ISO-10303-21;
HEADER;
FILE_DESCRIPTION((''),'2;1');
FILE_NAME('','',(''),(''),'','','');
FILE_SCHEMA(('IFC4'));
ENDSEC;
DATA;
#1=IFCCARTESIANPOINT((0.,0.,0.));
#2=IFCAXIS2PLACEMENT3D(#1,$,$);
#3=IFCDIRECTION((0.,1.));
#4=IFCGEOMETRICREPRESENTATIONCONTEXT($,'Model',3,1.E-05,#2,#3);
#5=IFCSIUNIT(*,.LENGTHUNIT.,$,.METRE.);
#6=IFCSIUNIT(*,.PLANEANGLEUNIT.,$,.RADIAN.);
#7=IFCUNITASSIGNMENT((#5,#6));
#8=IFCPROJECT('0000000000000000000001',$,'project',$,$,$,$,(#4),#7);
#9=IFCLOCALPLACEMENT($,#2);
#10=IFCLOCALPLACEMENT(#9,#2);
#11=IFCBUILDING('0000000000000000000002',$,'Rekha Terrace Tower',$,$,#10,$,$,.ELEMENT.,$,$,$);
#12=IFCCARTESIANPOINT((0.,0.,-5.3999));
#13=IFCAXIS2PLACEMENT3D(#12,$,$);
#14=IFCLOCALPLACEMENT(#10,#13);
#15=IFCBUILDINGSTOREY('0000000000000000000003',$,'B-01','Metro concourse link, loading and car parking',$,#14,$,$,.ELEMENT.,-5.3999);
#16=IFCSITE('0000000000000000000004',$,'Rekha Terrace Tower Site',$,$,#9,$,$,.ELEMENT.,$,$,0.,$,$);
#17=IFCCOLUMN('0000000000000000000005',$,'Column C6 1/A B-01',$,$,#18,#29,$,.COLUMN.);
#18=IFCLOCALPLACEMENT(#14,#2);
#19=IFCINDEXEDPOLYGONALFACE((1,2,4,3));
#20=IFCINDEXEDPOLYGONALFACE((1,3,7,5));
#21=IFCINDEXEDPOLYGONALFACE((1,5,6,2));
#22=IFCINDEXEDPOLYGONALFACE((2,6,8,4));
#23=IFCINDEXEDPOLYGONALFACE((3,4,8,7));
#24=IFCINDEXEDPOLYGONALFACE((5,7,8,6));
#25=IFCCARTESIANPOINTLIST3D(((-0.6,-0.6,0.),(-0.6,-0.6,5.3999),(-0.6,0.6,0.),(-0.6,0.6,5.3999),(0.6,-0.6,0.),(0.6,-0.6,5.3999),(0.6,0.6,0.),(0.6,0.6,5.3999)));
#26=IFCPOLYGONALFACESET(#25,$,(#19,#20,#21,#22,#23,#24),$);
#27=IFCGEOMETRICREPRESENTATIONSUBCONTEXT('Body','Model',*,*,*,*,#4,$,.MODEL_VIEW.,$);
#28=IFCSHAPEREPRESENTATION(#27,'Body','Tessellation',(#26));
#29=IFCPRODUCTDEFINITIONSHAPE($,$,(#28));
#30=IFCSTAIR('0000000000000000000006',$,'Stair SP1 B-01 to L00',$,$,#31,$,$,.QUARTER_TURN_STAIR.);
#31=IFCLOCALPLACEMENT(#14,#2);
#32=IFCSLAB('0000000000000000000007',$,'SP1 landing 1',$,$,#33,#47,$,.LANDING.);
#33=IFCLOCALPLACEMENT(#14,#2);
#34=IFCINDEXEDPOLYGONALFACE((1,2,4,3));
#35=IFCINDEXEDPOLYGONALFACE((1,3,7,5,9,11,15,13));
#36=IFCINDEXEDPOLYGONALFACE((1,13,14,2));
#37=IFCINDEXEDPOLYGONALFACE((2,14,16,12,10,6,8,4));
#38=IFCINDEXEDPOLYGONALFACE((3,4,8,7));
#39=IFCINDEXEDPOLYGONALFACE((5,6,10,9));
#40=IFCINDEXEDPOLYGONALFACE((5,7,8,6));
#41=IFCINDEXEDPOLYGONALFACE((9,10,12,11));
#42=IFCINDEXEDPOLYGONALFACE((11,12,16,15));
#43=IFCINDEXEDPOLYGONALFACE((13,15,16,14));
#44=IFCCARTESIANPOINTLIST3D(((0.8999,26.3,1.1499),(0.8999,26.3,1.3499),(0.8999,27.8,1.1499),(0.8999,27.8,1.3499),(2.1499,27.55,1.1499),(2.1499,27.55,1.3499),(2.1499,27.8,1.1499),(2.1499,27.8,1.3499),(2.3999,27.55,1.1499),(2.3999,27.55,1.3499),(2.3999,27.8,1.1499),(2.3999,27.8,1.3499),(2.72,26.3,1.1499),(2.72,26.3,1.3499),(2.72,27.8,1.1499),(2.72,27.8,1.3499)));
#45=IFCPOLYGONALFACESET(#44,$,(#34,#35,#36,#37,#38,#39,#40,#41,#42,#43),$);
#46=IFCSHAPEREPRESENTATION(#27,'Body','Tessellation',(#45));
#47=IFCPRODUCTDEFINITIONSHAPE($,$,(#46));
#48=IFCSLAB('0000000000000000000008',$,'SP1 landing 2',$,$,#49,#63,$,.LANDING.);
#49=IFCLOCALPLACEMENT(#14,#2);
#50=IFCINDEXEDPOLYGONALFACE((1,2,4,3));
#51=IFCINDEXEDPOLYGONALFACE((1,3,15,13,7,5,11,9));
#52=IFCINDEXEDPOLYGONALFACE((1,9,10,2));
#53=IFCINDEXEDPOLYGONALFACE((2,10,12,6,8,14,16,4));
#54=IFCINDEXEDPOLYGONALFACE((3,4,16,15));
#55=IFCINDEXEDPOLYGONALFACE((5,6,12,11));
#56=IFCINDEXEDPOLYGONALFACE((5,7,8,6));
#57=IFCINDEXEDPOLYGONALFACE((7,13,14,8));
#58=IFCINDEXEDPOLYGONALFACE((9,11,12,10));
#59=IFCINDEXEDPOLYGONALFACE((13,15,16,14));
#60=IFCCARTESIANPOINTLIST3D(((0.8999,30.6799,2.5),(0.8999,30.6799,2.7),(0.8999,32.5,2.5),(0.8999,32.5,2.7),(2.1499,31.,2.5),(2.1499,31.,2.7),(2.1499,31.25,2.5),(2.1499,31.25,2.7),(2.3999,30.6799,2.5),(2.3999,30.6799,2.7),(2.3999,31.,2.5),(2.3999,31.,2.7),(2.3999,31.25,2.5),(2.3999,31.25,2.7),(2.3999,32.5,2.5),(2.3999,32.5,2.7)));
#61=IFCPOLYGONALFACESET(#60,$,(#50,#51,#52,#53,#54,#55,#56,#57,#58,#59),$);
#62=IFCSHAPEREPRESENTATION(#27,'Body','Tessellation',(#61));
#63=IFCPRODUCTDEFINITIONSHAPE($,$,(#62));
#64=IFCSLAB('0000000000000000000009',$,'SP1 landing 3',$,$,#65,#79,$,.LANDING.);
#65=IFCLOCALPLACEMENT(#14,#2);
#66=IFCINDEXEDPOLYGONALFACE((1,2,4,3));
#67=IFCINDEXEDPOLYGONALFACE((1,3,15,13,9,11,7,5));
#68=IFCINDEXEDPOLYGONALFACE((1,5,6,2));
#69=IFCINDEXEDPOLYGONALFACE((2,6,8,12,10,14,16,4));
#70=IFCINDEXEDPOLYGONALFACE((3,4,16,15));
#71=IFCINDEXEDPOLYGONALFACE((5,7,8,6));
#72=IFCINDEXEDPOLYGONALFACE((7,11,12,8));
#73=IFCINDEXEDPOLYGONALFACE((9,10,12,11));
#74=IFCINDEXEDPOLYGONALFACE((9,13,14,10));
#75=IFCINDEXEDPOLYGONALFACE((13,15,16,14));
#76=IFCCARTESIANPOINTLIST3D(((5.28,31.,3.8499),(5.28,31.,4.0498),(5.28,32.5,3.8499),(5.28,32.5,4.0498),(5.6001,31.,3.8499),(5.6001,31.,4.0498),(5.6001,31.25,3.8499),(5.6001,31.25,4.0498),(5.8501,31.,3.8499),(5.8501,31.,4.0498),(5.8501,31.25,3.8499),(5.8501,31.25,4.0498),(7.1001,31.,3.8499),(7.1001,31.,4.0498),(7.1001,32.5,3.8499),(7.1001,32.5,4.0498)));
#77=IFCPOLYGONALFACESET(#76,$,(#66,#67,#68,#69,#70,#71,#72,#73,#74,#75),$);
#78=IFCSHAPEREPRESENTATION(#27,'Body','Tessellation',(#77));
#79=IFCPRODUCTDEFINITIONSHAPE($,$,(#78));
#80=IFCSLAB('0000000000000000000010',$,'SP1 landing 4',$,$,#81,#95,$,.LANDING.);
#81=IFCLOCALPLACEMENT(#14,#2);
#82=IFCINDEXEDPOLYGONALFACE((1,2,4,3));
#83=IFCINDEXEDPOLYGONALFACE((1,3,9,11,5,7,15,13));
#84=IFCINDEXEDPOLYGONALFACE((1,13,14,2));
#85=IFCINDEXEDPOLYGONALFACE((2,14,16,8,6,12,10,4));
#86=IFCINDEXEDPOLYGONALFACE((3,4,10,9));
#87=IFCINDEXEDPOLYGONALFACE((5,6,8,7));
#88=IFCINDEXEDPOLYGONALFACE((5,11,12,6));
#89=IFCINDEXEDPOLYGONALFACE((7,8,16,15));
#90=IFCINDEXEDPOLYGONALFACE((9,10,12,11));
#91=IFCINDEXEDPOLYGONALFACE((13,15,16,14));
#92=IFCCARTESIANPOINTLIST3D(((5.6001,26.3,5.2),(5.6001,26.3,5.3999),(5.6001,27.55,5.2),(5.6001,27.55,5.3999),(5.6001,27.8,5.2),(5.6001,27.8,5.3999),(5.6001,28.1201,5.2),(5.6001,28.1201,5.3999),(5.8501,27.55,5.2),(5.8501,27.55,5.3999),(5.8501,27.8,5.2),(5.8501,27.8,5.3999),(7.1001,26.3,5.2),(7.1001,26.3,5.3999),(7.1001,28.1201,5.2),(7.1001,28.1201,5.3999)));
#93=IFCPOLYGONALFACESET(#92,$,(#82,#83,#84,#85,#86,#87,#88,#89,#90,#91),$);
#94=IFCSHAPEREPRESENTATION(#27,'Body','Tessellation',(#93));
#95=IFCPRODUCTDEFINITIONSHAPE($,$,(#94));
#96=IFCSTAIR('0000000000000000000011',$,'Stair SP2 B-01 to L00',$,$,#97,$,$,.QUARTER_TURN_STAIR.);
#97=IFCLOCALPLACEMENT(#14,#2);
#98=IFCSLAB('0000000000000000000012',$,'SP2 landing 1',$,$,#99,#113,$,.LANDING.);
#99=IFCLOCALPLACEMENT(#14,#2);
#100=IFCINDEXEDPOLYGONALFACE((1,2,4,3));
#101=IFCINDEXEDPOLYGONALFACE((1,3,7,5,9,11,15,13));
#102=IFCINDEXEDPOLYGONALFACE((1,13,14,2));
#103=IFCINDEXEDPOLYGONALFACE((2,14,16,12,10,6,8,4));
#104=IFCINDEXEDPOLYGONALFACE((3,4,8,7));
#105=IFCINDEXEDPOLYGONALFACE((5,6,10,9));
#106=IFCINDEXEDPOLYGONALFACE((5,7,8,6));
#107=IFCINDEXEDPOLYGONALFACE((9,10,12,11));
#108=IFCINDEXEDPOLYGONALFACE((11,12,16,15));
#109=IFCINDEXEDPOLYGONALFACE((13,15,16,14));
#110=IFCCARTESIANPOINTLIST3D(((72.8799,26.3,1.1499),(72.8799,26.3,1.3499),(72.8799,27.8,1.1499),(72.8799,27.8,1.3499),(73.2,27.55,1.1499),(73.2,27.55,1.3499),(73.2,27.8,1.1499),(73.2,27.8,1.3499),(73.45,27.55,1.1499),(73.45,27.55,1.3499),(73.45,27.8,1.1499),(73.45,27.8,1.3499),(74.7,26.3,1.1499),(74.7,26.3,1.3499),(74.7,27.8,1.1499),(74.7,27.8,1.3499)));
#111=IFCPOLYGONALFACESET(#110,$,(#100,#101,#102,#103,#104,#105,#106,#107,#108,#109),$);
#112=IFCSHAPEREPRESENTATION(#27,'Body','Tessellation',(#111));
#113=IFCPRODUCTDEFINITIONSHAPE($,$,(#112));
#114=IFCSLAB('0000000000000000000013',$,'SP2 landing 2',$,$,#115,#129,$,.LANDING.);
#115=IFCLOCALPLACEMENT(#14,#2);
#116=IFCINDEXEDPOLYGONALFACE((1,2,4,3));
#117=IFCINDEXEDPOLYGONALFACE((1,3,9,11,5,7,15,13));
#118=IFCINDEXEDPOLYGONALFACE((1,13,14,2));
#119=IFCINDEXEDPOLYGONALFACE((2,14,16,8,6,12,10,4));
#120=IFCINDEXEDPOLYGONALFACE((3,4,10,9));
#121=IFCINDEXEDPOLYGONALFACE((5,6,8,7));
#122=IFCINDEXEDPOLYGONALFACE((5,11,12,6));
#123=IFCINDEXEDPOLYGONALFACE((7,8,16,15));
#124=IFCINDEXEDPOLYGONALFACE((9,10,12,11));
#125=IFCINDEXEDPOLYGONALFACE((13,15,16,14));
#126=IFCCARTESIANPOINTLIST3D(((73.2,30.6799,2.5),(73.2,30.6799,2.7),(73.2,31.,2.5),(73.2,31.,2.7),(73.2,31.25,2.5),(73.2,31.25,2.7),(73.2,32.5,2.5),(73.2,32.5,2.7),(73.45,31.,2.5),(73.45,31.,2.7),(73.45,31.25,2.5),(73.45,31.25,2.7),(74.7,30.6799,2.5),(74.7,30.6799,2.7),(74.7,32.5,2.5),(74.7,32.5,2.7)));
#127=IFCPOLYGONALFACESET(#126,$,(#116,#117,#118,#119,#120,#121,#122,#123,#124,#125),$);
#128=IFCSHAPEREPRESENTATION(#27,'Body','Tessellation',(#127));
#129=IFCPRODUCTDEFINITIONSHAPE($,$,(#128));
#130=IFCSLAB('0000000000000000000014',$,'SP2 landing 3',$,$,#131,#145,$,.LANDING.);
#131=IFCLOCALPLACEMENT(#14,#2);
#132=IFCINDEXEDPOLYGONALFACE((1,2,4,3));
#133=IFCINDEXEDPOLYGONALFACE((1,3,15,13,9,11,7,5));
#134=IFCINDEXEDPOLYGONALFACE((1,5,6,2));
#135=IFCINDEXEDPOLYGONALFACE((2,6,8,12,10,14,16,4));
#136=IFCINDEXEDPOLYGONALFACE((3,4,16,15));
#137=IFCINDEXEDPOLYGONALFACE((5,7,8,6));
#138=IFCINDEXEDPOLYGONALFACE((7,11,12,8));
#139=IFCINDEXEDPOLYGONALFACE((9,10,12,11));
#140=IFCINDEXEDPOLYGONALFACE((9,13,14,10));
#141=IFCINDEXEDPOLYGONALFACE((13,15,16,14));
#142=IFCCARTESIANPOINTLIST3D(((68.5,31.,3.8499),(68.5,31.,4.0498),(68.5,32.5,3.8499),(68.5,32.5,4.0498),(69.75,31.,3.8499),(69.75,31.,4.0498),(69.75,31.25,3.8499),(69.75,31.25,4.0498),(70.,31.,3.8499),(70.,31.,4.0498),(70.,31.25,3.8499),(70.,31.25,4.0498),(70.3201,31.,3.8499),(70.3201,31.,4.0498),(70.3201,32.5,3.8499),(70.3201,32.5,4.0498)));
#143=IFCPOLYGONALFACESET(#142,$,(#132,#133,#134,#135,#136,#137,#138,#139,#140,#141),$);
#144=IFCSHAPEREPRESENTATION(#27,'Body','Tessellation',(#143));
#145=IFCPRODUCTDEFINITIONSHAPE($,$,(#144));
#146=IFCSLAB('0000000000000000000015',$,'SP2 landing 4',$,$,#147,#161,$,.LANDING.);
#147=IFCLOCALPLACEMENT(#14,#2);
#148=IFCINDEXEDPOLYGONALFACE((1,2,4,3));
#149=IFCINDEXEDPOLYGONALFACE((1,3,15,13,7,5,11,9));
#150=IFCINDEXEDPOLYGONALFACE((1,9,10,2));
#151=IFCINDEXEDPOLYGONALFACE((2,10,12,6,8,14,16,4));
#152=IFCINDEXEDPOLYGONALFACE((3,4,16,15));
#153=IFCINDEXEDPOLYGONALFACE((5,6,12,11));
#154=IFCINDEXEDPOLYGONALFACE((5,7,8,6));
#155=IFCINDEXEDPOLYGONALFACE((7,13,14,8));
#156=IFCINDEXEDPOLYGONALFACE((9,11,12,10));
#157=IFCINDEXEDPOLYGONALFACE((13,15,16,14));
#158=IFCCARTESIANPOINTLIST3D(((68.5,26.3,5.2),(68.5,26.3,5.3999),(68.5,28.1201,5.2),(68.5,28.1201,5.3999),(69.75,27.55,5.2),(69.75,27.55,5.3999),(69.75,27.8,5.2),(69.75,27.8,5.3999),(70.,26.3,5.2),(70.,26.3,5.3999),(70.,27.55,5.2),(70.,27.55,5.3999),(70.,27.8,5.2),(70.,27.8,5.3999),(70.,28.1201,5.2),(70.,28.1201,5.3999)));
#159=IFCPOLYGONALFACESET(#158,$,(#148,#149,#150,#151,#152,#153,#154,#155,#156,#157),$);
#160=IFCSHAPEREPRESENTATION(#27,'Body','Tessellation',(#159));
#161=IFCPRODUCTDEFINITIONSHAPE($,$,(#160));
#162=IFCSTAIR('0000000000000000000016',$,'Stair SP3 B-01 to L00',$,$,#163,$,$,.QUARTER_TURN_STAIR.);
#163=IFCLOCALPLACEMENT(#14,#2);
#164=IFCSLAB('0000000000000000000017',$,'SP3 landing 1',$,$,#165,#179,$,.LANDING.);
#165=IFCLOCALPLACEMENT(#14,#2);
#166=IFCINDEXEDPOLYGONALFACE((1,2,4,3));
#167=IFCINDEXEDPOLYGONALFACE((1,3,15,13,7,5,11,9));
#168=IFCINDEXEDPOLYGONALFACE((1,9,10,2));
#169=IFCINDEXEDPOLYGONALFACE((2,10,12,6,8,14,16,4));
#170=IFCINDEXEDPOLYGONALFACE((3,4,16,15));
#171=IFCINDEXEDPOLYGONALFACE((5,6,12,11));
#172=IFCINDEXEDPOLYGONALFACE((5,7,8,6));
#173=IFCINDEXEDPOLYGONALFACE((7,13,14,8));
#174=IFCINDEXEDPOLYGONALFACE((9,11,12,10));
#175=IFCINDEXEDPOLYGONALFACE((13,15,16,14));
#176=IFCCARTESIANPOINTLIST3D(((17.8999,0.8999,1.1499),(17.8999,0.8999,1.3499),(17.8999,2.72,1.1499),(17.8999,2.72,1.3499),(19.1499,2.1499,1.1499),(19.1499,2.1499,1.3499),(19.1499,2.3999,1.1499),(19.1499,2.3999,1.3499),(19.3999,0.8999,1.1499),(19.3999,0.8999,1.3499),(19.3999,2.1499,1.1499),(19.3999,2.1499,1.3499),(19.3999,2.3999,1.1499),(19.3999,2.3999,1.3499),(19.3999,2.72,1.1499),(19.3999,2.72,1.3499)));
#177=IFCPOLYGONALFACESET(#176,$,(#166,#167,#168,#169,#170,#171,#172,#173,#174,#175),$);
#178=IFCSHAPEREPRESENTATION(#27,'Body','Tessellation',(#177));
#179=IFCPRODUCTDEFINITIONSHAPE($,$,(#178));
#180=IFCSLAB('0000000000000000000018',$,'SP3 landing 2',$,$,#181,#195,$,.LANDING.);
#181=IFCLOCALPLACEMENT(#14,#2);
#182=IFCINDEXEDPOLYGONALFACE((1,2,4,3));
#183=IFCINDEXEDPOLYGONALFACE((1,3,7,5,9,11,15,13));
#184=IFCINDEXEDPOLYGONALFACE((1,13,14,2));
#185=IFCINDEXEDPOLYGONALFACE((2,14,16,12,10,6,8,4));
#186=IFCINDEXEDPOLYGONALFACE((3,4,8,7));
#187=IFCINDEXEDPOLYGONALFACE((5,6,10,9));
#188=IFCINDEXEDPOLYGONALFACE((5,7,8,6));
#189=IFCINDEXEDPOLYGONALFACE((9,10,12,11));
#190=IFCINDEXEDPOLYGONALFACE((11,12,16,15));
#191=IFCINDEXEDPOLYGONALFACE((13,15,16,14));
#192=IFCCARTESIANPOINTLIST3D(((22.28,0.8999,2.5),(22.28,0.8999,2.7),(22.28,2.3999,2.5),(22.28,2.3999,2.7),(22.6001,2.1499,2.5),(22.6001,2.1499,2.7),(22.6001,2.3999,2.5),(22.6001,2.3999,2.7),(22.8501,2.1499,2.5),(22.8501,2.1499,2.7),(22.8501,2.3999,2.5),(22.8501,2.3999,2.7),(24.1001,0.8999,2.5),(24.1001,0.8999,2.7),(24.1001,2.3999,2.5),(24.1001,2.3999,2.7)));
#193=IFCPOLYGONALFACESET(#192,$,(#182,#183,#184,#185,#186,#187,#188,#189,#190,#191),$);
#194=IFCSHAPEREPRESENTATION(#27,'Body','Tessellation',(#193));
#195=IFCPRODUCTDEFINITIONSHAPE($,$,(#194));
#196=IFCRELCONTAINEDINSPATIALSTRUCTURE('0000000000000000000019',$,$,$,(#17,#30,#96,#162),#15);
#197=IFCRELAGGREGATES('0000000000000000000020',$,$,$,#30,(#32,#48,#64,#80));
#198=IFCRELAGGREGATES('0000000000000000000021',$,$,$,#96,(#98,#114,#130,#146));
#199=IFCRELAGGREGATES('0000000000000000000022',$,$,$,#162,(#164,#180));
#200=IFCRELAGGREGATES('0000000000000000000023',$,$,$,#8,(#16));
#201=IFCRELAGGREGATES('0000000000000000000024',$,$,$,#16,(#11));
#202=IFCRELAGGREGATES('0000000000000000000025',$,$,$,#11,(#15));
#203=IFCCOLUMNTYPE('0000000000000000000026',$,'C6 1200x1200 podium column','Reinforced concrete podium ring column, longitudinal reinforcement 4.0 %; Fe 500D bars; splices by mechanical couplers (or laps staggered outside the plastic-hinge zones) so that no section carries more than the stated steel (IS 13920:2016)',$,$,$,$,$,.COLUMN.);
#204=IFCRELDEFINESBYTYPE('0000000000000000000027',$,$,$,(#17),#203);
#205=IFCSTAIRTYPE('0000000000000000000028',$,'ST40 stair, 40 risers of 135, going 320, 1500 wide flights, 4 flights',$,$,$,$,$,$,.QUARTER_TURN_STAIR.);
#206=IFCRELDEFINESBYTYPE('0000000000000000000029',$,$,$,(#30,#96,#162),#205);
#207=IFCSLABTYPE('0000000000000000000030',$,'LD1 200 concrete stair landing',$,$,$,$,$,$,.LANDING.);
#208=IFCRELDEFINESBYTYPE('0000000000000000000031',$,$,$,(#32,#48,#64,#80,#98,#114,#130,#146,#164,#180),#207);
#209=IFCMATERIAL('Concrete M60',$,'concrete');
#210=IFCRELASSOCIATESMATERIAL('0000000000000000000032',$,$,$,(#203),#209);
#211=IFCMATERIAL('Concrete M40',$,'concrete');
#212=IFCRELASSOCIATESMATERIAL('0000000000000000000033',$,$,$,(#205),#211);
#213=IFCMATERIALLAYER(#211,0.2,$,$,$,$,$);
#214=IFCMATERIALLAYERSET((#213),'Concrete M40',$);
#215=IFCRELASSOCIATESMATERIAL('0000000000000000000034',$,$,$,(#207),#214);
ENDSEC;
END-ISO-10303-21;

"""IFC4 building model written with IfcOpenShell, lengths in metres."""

from ifc_helpers import new_model, si_unit, direction, frame, origin, origin_with_axes, origin_2d, place, context, subcontext, project, spatial, polyline, rectangle, outline, extrude, material, layer, layer_set, material_profile, profile_set, type_object, element, aggregate, save


model = new_model("IFC4")

# Units and contexts
model_context = context("Model", 3, precision=1e-05, world=origin(), true_north=direction((0.0, 1.0)))
body_context = subcontext(model_context, "Body", "Model", "MODEL_VIEW")
ifc_project = project(units=[si_unit("LENGTHUNIT", "METRE"), si_unit("PLANEANGLEUNIT", "RADIAN")], contexts=[model_context])

# Site, building, storey
site_placement = place(None, origin())
site = spatial("IfcSite", under=ifc_project, at=site_placement, Name="Rekha Terrace Tower Site", CompositionType="ELEMENT", RefElevation=0.0)
building_placement = place(site_placement, origin())
building = spatial("IfcBuilding", under=site, at=building_placement, Name="Rekha Terrace Tower", CompositionType="ELEMENT")
storey_placement = place(building_placement, frame((0.0, 0.0, -5.3999)))
storey = spatial("IfcBuildingStorey", under=building, at=storey_placement, Name="B-01", Description="Metro concourse link, loading and car parking", CompositionType="ELEMENT", Elevation=-5.3999)

# Column
ifc_material_1 = material(Name="Concrete M60", Category="concrete")
ifc_material_profile = material_profile(ifc_material_1, rectangle(XDim=1.2, YDim=1.2, at=origin_2d()), Name="RC 1200x1200")
ifc_profile_set = profile_set([ifc_material_profile], Name="Concrete M60")
column_type = type_object("IfcColumnType", Name="C6 1200x1200 podium column", Description="Reinforced concrete podium ring column, longitudinal reinforcement 4.0 %; Fe 500D bars; splices by mechanical couplers (or laps staggered outside the plastic-hinge zones) so that no section carries more than the stated steel (IS 13920:2016)", PredefinedType="COLUMN", material=ifc_profile_set)
column_placement = place(storey_placement, origin_with_axes())
element("IfcColumn", 1, at=column_placement, inside=storey, type_object=column_type, Name="Column C6 1/A B-01", PredefinedType="COLUMN", context=body_context, shape_type="SweptSolid", body=[
    extrude(rectangle(XDim=1.2, YDim=1.2, at=origin_2d()), origin(), (0.0, 0.0, 1.0), 5.3999),
])

# Stairs, slabs
ifc_material_2 = material(Name="Concrete M40", Category="concrete")
stair_type_1 = type_object("IfcStairType", Name="ST40 stair, 40 risers of 135, going 320, 1500 wide flights, 4 flights", PredefinedType="QUARTER_TURN_STAIR", material=ifc_material_2)
stair_1_placement = place(storey_placement, origin())
stair_1 = element("IfcStair", 2, at=stair_1_placement, inside=storey, type_object=stair_type_1, Name="Stair SP1 B-01 to L00", PredefinedType="QUARTER_TURN_STAIR")
ifc_layer_1 = layer(ifc_material_2, 0.2)
ifc_layer_set_1 = layer_set([ifc_layer_1], Name="Concrete M40")
slab_type_1 = type_object("IfcSlabType", Name="LD1 200 concrete stair landing", PredefinedType="LANDING", material=ifc_layer_set_1)
slab_1_placement = place(storey_placement, frame((0.0, 0.0, 1.1499)))
slab_1 = element("IfcSlab", 3, at=slab_1_placement, type_object=slab_type_1, Name="SP1 landing 1", PredefinedType="LANDING", context=body_context, shape_type="SweptSolid", body=[
    extrude(outline(polyline([(0.8999, 27.8), (0.8999, 26.3), (2.72, 26.3), (2.72, 27.8), (2.3999, 27.8), (2.3999, 27.55), (2.1499, 27.55), (2.1499, 27.8), (0.8999, 27.8)])), origin(), (0.0, 0.0, 1.0), 0.2),
])
slab_2_placement = place(storey_placement, frame((0.0, 0.0, 2.5)))
slab_2 = element("IfcSlab", 4, at=slab_2_placement, type_object=slab_type_1, Name="SP1 landing 2", PredefinedType="LANDING", context=body_context, shape_type="SweptSolid", body=[
    extrude(outline(polyline([(2.3999, 32.5), (0.8999, 32.5), (0.8999, 30.6799), (2.3999, 30.6799), (2.3999, 31.0), (2.1499, 31.0), (2.1499, 31.25), (2.3999, 31.25), (2.3999, 32.5)])), origin(), (0.0, 0.0, 1.0), 0.2),
])
slab_3_placement = place(storey_placement, frame((0.0, 0.0, 3.8499)))
slab_3 = element("IfcSlab", 5, at=slab_3_placement, type_object=slab_type_1, Name="SP1 landing 3", PredefinedType="LANDING", context=body_context, shape_type="SweptSolid", body=[
    extrude(outline(polyline([(7.1001, 31.0), (7.1001, 32.5), (5.28, 32.5), (5.28, 31.0), (5.6001, 31.0), (5.6001, 31.25), (5.8501, 31.25), (5.8501, 31.0), (7.1001, 31.0)])), origin(), (0.0, 0.0, 1.0), 0.2),
])
slab_4_placement = place(storey_placement, frame((0.0, 0.0, 5.2)))
slab_4 = element("IfcSlab", 6, at=slab_4_placement, type_object=slab_type_1, Name="SP1 landing 4", PredefinedType="LANDING", context=body_context, shape_type="SweptSolid", body=[
    extrude(outline(polyline([(5.6001, 26.3), (7.1001, 26.3), (7.1001, 28.1201), (5.6001, 28.1201), (5.6001, 27.8), (5.8501, 27.8), (5.8501, 27.55), (5.6001, 27.55), (5.6001, 26.3)])), origin(), (0.0, 0.0, 1.0), 0.2),
])
aggregate(stair_1, [slab_1, slab_2, slab_3, slab_4])
stair_2_placement = place(storey_placement, origin())
stair_2 = element("IfcStair", 7, at=stair_2_placement, inside=storey, type_object=stair_type_1, Name="Stair SP2 B-01 to L00", PredefinedType="QUARTER_TURN_STAIR")
slab_5_placement = place(storey_placement, frame((0.0, 0.0, 1.1499)))
slab_5 = element("IfcSlab", 8, at=slab_5_placement, type_object=slab_type_1, Name="SP2 landing 1", PredefinedType="LANDING", context=body_context, shape_type="SweptSolid", body=[
    extrude(outline(polyline([(74.7, 27.8), (74.7, 26.3), (72.8799, 26.3), (72.8799, 27.8), (73.2, 27.8), (73.2, 27.55), (73.45, 27.55), (73.45, 27.8), (74.7, 27.8)])), origin(), (0.0, 0.0, 1.0), 0.2),
])
slab_6_placement = place(storey_placement, frame((0.0, 0.0, 2.5)))
slab_6 = element("IfcSlab", 9, at=slab_6_placement, type_object=slab_type_1, Name="SP2 landing 2", PredefinedType="LANDING", context=body_context, shape_type="SweptSolid", body=[
    extrude(outline(polyline([(73.2, 32.5), (74.7, 32.5), (74.7, 30.6799), (73.2, 30.6799), (73.2, 31.0), (73.45, 31.0), (73.45, 31.25), (73.2, 31.25), (73.2, 32.5)])), origin(), (0.0, 0.0, 1.0), 0.2),
])
slab_7_placement = place(storey_placement, frame((0.0, 0.0, 3.8499)))
slab_7 = element("IfcSlab", 10, at=slab_7_placement, type_object=slab_type_1, Name="SP2 landing 3", PredefinedType="LANDING", context=body_context, shape_type="SweptSolid", body=[
    extrude(outline(polyline([(68.5, 31.0), (68.5, 32.5), (70.3201, 32.5), (70.3201, 31.0), (70.0, 31.0), (70.0, 31.25), (69.75, 31.25), (69.75, 31.0), (68.5, 31.0)])), origin(), (0.0, 0.0, 1.0), 0.2),
])
slab_8_placement = place(storey_placement, frame((0.0, 0.0, 5.2)))
slab_8 = element("IfcSlab", 11, at=slab_8_placement, type_object=slab_type_1, Name="SP2 landing 4", PredefinedType="LANDING", context=body_context, shape_type="SweptSolid", body=[
    extrude(outline(polyline([(70.0, 26.3), (68.5, 26.3), (68.5, 28.1201), (70.0, 28.1201), (70.0, 27.8), (69.75, 27.8), (69.75, 27.55), (70.0, 27.55), (70.0, 26.3)])), origin(), (0.0, 0.0, 1.0), 0.2),
])
aggregate(stair_2, [slab_5, slab_6, slab_7, slab_8])
stair_3_placement = place(storey_placement, origin())
stair_3 = element("IfcStair", 12, at=stair_3_placement, inside=storey, type_object=stair_type_1, Name="Stair SP3 B-01 to L00", PredefinedType="QUARTER_TURN_STAIR")
slab_9_placement = place(storey_placement, frame((0.0, 0.0, 1.1499)))
slab_9 = element("IfcSlab", 13, at=slab_9_placement, type_object=slab_type_1, Name="SP3 landing 1", PredefinedType="LANDING", context=body_context, shape_type="SweptSolid", body=[
    extrude(outline(polyline([(19.3999, 0.8999), (17.8999, 0.8999), (17.8999, 2.72), (19.3999, 2.72), (19.3999, 2.3999), (19.1499, 2.3999), (19.1499, 2.1499), (19.3999, 2.1499), (19.3999, 0.8999)])), origin(), (0.0, 0.0, 1.0), 0.2),
])
slab_10_placement = place(storey_placement, frame((0.0, 0.0, 2.5)))
slab_10 = element("IfcSlab", 14, at=slab_10_placement, type_object=slab_type_1, Name="SP3 landing 2", PredefinedType="LANDING", context=body_context, shape_type="SweptSolid", body=[
    extrude(outline(polyline([(24.1001, 2.3999), (24.1001, 0.8999), (22.28, 0.8999), (22.28, 2.3999), (22.6001, 2.3999), (22.6001, 2.1499), (22.8501, 2.1499), (22.8501, 2.3999), (24.1001, 2.3999)])), origin(), (0.0, 0.0, 1.0), 0.2),
])
aggregate(stair_3, [slab_9, slab_10])

save(model, "model.ifc")
